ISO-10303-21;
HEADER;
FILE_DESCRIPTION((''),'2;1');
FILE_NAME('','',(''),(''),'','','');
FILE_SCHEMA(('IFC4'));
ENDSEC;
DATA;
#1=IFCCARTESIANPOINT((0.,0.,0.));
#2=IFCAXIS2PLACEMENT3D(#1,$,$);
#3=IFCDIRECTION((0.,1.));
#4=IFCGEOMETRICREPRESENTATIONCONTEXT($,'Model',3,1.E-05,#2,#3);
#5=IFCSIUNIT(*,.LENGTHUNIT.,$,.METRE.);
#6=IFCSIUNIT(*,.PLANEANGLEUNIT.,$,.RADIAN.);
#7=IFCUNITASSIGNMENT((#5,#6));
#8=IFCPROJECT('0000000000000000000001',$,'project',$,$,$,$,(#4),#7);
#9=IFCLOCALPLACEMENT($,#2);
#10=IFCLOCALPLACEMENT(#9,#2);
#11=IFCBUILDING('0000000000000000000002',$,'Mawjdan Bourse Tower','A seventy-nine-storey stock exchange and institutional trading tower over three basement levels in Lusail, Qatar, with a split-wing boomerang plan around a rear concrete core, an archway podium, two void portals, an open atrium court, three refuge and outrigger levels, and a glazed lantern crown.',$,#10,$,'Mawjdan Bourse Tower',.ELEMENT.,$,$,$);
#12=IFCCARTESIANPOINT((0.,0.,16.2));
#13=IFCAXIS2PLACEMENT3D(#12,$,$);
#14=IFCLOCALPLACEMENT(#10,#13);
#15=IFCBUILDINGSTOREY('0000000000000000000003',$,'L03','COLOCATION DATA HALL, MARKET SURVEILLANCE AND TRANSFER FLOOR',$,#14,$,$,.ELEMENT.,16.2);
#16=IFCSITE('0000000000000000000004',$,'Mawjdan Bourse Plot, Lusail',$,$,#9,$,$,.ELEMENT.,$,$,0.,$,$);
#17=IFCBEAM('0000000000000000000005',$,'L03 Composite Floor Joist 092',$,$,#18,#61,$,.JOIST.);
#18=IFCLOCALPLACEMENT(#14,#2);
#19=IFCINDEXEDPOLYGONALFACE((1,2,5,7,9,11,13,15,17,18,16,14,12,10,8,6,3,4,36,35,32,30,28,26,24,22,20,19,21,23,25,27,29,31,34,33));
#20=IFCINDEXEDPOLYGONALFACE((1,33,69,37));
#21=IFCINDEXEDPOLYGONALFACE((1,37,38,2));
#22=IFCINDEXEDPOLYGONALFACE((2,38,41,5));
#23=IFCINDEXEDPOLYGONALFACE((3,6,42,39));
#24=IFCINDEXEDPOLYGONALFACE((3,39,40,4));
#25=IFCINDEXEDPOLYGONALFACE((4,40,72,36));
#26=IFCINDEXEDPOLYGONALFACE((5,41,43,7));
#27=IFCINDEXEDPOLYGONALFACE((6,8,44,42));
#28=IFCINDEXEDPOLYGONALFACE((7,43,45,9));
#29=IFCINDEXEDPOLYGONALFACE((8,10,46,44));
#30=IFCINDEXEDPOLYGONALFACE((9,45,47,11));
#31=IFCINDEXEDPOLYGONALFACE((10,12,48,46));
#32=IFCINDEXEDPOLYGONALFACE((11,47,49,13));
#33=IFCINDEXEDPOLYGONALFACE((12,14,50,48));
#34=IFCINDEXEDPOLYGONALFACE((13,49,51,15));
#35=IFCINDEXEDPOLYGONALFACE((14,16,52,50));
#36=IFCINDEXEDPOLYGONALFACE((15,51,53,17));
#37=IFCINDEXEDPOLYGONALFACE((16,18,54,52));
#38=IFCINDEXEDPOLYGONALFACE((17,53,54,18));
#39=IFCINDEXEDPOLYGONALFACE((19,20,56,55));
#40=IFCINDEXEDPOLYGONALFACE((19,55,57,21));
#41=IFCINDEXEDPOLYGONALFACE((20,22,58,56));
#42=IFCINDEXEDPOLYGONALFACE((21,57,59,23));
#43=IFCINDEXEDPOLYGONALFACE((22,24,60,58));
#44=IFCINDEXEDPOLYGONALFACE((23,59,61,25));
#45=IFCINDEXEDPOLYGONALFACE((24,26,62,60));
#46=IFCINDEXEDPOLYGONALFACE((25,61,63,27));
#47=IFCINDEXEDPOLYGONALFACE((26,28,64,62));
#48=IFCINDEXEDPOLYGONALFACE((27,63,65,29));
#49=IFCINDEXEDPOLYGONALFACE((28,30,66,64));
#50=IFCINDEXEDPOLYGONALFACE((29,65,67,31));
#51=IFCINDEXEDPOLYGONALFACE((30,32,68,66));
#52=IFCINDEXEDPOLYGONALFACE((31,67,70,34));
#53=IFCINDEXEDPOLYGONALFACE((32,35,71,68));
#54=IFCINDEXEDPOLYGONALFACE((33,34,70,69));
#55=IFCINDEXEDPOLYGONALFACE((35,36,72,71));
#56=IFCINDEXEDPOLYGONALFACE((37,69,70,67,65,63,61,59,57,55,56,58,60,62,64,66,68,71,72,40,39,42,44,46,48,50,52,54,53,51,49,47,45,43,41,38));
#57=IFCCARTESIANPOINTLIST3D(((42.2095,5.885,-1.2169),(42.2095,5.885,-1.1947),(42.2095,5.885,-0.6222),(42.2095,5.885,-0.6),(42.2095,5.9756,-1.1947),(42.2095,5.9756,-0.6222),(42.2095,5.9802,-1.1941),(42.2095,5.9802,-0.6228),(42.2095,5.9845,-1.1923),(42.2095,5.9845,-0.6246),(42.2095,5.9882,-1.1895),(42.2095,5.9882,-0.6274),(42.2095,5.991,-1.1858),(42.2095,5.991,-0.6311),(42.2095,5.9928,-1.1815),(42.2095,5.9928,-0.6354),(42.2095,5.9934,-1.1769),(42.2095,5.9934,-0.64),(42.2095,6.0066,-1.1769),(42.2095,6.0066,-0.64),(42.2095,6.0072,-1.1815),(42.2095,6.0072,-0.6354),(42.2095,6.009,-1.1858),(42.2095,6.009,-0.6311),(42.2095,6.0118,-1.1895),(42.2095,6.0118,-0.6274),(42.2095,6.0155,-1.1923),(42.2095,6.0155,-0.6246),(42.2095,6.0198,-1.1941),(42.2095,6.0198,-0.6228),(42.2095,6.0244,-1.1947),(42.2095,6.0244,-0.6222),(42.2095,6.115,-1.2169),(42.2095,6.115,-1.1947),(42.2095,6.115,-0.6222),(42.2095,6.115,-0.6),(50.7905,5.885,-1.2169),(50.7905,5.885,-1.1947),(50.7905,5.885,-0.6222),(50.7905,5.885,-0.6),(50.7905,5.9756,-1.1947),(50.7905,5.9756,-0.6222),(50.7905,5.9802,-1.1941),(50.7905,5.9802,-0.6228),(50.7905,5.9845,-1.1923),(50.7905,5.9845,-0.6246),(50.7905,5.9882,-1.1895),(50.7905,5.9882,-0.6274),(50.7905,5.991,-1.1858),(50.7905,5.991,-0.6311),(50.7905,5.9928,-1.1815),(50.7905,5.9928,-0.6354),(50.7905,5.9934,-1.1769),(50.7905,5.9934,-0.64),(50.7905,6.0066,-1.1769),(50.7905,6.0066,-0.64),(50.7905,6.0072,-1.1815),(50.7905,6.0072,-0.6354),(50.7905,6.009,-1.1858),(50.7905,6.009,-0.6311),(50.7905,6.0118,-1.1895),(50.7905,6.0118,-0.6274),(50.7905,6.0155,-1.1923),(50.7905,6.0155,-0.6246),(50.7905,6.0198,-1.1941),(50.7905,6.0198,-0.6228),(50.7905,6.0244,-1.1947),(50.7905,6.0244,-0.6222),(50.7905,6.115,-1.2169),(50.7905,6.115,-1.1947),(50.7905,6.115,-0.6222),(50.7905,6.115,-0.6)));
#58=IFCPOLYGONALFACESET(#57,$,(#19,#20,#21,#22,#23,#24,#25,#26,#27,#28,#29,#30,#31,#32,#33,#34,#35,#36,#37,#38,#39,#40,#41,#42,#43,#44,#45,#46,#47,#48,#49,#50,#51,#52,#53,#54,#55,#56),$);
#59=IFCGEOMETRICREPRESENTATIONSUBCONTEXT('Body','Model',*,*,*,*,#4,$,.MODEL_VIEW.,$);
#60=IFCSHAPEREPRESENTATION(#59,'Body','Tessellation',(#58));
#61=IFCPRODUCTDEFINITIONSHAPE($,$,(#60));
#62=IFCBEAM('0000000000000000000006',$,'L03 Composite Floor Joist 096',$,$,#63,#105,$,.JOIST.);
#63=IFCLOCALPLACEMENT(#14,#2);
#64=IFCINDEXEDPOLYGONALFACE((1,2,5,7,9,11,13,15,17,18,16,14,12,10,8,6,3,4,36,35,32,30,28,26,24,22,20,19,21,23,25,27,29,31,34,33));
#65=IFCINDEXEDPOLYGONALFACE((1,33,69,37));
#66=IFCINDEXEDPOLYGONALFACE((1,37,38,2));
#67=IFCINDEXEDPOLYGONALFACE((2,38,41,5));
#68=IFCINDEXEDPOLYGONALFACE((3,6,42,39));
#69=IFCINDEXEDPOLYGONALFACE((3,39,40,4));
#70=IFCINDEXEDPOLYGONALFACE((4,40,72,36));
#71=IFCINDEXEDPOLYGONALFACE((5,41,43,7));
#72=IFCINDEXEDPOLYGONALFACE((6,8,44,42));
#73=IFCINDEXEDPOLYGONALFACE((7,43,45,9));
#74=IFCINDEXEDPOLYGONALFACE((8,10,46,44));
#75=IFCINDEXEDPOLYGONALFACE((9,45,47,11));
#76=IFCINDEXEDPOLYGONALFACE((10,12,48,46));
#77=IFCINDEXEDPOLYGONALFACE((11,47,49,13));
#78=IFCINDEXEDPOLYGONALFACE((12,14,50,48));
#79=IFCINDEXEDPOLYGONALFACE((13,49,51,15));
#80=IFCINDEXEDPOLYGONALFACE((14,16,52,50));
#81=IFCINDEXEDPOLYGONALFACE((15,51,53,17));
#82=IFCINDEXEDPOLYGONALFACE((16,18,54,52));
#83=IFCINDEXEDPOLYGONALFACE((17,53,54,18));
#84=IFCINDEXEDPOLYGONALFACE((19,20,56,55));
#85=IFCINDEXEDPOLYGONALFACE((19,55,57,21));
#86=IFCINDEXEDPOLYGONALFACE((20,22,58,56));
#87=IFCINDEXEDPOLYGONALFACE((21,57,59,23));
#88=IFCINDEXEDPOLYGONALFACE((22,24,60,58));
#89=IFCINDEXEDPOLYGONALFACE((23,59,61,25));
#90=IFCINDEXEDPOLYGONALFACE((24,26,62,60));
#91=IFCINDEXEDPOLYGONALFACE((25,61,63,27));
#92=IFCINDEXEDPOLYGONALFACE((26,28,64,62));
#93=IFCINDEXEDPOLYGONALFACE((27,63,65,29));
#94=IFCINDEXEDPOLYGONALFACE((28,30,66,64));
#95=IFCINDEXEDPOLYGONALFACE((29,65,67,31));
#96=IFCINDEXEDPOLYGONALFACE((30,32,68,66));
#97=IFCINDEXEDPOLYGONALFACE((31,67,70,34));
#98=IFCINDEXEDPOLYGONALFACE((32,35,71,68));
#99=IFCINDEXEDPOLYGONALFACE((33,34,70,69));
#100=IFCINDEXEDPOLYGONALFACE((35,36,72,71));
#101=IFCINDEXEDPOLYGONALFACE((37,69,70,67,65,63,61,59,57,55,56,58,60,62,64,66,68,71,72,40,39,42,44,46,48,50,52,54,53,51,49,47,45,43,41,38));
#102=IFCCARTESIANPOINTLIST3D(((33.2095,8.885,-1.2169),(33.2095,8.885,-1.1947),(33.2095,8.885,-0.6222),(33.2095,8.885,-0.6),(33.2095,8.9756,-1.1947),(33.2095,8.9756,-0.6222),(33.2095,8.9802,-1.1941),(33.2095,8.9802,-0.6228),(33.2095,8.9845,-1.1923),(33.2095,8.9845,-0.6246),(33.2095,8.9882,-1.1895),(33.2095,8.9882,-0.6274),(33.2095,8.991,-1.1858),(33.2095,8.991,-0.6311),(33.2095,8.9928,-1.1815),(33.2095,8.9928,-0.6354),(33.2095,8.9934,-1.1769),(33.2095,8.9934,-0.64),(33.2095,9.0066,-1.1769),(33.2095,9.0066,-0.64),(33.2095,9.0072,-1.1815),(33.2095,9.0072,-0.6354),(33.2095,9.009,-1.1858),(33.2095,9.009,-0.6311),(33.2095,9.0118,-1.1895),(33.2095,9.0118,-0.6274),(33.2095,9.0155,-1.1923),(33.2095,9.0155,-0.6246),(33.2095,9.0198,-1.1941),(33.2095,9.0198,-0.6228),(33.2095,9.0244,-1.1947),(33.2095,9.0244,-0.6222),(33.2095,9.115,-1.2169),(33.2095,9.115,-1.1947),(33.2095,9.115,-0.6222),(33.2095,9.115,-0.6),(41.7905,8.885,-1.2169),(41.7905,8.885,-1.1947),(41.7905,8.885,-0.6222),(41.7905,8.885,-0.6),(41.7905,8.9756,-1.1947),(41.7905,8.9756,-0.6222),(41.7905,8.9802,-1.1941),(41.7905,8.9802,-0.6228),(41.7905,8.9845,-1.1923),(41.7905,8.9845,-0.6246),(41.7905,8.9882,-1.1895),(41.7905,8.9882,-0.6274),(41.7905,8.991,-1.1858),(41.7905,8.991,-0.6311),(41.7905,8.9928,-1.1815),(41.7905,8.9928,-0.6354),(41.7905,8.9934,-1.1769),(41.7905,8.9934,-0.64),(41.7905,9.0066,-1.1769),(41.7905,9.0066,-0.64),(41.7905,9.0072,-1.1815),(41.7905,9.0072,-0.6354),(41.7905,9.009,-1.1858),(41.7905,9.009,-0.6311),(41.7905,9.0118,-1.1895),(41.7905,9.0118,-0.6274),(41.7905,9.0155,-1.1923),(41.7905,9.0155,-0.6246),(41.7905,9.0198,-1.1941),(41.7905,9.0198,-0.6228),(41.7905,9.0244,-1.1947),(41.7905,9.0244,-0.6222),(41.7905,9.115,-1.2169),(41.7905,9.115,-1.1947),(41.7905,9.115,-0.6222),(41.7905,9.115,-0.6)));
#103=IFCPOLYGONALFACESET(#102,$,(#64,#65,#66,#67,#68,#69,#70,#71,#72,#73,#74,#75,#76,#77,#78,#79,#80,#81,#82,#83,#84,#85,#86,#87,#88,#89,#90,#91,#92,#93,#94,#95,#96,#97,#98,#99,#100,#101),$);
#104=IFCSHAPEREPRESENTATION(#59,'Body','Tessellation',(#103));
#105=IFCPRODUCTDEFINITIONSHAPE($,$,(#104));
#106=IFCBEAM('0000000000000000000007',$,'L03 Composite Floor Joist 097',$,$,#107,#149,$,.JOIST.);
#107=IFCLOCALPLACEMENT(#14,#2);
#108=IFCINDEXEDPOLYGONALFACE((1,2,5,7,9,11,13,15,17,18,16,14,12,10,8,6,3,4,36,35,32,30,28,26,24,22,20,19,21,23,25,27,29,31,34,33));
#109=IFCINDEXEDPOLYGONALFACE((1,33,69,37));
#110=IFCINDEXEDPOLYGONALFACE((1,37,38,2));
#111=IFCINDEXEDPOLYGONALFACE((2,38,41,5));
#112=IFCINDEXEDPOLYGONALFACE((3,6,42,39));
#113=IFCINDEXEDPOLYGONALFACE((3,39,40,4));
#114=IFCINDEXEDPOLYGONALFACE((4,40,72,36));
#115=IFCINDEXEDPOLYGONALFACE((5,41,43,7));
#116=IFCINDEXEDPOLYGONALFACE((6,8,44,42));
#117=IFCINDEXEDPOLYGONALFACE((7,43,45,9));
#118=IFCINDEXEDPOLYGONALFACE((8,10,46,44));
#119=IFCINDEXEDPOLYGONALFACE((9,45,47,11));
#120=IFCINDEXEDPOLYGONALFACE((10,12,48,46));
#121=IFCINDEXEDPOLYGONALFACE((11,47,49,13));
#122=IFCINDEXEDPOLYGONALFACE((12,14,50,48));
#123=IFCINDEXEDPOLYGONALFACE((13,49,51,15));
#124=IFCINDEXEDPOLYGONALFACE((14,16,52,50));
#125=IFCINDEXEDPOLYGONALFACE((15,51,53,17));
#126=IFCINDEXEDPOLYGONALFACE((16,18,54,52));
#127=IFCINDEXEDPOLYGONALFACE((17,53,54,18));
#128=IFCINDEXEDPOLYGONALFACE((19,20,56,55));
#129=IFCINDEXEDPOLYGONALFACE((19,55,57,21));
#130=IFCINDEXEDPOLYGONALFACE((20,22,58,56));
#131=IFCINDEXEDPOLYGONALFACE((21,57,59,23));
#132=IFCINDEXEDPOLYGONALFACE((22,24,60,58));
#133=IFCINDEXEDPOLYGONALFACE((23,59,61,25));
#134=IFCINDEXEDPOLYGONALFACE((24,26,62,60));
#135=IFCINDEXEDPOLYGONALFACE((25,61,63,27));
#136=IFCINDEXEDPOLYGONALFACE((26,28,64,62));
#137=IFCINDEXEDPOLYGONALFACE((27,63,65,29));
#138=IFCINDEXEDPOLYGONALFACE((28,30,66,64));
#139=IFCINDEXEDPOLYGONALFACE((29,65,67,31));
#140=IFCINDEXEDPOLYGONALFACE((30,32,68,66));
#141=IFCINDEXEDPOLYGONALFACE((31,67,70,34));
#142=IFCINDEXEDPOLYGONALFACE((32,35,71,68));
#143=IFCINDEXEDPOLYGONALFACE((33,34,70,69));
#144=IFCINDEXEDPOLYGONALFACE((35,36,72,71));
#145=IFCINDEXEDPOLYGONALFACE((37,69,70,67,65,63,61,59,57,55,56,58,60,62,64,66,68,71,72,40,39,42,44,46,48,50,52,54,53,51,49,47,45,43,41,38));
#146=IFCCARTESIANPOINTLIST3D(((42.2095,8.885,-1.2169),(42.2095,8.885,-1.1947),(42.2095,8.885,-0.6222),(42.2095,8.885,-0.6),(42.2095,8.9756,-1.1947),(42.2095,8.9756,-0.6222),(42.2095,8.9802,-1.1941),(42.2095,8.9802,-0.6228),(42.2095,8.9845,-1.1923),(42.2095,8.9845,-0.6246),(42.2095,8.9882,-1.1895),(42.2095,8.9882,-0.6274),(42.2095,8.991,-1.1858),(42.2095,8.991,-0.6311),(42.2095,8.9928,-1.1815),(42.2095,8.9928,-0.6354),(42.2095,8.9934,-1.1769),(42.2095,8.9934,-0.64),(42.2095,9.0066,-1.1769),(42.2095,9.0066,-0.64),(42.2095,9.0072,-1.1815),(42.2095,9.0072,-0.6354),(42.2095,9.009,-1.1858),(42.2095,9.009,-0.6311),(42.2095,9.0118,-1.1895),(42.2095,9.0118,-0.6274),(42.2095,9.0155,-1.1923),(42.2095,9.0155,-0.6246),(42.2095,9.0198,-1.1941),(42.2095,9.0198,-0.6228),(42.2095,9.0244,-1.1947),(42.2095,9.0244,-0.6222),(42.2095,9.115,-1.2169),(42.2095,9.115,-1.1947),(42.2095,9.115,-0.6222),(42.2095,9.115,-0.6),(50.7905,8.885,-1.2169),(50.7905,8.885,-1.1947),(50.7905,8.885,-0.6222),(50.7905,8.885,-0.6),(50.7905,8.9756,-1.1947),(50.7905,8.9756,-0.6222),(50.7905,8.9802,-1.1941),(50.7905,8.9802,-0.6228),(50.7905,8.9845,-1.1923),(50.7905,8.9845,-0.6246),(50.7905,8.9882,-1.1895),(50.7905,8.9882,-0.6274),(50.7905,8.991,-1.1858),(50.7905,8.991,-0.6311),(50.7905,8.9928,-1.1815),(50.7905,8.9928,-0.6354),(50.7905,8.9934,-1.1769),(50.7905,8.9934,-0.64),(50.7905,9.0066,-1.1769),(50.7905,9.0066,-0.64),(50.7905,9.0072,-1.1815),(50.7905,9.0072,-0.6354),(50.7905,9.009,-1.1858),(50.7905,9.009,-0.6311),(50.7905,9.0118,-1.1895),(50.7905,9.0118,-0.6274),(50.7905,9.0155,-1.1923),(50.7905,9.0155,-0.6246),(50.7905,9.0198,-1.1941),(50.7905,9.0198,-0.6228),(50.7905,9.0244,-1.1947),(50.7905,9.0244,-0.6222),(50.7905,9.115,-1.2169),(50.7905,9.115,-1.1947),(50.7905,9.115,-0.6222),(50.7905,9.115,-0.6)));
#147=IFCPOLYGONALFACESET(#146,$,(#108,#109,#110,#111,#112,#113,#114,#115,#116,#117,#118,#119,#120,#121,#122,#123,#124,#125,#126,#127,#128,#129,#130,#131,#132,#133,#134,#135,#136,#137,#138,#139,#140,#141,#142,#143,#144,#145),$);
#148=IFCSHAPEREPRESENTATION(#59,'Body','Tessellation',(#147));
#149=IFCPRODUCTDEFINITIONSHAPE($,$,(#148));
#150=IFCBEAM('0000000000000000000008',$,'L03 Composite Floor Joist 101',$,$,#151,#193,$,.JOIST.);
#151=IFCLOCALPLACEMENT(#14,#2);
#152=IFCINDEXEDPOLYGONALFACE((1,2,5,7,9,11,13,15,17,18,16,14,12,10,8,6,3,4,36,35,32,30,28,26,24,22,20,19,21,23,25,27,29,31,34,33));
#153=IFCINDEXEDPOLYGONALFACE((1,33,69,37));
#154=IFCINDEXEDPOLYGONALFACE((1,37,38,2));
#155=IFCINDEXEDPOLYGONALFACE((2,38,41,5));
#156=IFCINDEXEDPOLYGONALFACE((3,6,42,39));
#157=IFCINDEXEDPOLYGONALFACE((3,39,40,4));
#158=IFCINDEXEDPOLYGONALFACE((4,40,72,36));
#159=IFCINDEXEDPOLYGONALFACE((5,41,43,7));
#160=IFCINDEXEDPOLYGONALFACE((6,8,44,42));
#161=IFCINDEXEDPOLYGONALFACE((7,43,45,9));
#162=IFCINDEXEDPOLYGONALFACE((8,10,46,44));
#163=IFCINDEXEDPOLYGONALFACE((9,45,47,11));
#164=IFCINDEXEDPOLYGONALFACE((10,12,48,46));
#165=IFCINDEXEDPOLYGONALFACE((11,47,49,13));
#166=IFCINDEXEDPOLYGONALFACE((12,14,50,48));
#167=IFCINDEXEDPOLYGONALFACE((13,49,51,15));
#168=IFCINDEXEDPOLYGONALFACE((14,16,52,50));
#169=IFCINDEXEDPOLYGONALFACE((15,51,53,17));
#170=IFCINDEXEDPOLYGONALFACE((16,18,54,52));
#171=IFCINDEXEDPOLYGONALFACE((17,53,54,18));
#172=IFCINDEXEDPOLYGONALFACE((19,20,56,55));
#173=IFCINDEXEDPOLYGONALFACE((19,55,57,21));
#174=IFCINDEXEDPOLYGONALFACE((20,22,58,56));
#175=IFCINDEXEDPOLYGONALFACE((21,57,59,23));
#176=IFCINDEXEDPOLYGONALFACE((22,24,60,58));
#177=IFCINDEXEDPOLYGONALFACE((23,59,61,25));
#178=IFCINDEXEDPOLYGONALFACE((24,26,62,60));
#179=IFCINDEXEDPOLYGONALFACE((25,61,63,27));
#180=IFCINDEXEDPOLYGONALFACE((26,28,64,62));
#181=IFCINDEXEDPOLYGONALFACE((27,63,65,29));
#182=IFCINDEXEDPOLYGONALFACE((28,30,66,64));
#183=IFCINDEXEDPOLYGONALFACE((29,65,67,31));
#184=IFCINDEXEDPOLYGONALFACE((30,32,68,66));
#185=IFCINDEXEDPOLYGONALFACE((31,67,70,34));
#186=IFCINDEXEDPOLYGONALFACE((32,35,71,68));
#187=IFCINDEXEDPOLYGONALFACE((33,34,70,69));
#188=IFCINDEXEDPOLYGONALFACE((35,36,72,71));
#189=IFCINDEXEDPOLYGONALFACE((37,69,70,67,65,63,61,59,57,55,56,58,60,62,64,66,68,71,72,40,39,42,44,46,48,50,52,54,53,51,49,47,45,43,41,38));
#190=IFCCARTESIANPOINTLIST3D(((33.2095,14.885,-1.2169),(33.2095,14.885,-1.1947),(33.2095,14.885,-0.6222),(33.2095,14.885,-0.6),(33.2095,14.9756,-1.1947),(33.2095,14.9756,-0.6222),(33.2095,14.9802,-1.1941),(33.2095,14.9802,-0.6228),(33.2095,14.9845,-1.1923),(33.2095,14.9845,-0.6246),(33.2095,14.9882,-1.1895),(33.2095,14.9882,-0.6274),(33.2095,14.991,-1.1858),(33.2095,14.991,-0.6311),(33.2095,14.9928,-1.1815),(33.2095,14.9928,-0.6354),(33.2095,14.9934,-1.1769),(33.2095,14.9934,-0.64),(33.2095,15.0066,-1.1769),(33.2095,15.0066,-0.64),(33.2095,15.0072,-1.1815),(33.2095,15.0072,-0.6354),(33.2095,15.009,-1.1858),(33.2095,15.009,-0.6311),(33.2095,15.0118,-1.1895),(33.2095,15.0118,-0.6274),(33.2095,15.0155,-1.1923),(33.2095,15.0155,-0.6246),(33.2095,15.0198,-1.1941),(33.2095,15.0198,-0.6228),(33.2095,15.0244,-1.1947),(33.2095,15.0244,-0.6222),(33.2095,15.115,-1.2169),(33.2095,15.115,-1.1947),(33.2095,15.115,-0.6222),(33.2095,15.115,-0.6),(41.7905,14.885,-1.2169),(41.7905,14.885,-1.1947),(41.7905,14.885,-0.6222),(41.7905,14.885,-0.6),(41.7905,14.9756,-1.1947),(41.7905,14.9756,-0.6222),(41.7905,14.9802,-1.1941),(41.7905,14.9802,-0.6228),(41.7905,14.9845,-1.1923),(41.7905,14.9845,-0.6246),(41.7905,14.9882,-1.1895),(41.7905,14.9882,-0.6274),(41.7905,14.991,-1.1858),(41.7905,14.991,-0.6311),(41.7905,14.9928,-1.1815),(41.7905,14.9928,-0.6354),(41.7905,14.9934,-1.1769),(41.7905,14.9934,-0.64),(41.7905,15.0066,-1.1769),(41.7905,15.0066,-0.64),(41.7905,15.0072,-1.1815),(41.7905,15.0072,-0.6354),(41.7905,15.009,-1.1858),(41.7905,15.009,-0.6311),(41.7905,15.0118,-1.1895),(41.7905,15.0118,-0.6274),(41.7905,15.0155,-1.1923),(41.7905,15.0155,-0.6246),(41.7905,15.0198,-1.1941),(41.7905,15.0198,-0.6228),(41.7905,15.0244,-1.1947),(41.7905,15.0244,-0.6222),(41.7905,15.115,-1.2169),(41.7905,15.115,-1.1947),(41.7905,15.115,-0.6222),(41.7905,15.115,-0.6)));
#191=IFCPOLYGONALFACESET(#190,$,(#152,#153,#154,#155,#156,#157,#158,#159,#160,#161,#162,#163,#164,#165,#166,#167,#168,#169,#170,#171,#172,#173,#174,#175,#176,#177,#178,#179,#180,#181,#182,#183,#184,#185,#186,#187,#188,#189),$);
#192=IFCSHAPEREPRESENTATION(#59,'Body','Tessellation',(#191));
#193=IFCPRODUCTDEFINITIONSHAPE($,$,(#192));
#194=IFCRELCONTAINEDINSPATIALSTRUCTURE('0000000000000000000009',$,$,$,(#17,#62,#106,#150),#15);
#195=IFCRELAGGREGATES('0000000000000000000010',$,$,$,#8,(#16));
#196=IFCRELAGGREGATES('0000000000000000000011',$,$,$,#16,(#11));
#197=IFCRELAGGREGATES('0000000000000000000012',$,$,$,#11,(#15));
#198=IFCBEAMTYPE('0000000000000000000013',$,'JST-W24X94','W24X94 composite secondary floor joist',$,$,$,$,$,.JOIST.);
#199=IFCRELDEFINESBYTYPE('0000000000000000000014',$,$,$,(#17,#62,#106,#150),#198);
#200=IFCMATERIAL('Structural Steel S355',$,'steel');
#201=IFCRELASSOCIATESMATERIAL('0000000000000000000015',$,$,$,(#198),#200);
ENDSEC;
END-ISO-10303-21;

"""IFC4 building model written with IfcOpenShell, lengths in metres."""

from ifc_helpers import new_model, si_unit, direction, frame, origin, origin_2d, place, context, subcontext, project, spatial, i_section, extrude, material, material_profile, profile_set, type_object, element, save


model = new_model("IFC4")

# Units and contexts
model_context = context("Model", 3, precision=1e-05, world=origin(), true_north=direction((0.0, 1.0)))
body_context = subcontext(model_context, "Body", "Model", "MODEL_VIEW")
ifc_project = project(units=[si_unit("LENGTHUNIT", "METRE"), si_unit("PLANEANGLEUNIT", "RADIAN")], contexts=[model_context])

# Site, building, storey
site_placement = place(None, origin())
site = spatial("IfcSite", under=ifc_project, at=site_placement, Name="Mawjdan Bourse Plot, Lusail", CompositionType="ELEMENT", RefElevation=0.0)
building_placement = place(site_placement, origin())
building = spatial("IfcBuilding", under=site, at=building_placement, Name="Mawjdan Bourse Tower", Description="A seventy-nine-storey stock exchange and institutional trading tower over three basement levels in Lusail, Qatar, with a split-wing boomerang plan around a rear concrete core, an archway podium, two void portals, an open atrium court, three refuge and outrigger levels, and a glazed lantern crown.", LongName="Mawjdan Bourse Tower", CompositionType="ELEMENT")
storey_placement = place(building_placement, frame((0.0, 0.0, 16.2)))
storey = spatial("IfcBuildingStorey", under=building, at=storey_placement, Name="L03", Description="COLOCATION DATA HALL, MARKET SURVEILLANCE AND TRANSFER FLOOR", CompositionType="ELEMENT", Elevation=16.2)

# Beams
ifc_material_1 = material(Name="Structural Steel S355", Category="steel")
ifc_material_profile_1 = material_profile(ifc_material_1, i_section(OverallWidth=0.23, OverallDepth=0.6169, WebThickness=0.0132, FlangeThickness=0.0222, FilletRadius=0.0178, at=origin_2d()), Name="W24X94")
ifc_profile_set_1 = profile_set([ifc_material_profile_1], Name="Structural Steel S355")
beam_type_1 = type_object("IfcBeamType", Name="JST-W24X94", Description="W24X94 composite secondary floor joist", PredefinedType="JOIST", material=ifc_profile_set_1)
for number, where, z_axis, x_axis, name in (
    (1, (42.2095, 6.0, -0.9084), (1.0, 0.0, 0.0), (0.0, 1.0, 0.0), "L03 Composite Floor Joist 092"),
    (2, (33.2095, 9.0, -0.9084), (1.0, 0.0, 0.0), (0.0, 1.0, 0.0), "L03 Composite Floor Joist 096"),
    (3, (42.2095, 9.0, -0.9084), (1.0, 0.0, 0.0), (0.0, 1.0, 0.0), "L03 Composite Floor Joist 097"),
    (4, (33.2095, 15.0, -0.9084), (1.0, 0.0, 0.0), (0.0, 1.0, 0.0), "L03 Composite Floor Joist 101"),
):
    element("IfcBeam", number, at=place(storey_placement, frame(where, z_axis=z_axis, x_axis=x_axis)), inside=storey, type_object=beam_type_1, Name=name, PredefinedType="JOIST", context=body_context, shape_type="SweptSolid", body=[
        extrude(i_section(OverallWidth=0.23, OverallDepth=0.6169, WebThickness=0.0132, FlangeThickness=0.0222, FilletRadius=0.0178, at=origin_2d()), origin(), (0.0, 0.0, 1.0), 8.5811),
    ])

save(model, "model.ifc")
